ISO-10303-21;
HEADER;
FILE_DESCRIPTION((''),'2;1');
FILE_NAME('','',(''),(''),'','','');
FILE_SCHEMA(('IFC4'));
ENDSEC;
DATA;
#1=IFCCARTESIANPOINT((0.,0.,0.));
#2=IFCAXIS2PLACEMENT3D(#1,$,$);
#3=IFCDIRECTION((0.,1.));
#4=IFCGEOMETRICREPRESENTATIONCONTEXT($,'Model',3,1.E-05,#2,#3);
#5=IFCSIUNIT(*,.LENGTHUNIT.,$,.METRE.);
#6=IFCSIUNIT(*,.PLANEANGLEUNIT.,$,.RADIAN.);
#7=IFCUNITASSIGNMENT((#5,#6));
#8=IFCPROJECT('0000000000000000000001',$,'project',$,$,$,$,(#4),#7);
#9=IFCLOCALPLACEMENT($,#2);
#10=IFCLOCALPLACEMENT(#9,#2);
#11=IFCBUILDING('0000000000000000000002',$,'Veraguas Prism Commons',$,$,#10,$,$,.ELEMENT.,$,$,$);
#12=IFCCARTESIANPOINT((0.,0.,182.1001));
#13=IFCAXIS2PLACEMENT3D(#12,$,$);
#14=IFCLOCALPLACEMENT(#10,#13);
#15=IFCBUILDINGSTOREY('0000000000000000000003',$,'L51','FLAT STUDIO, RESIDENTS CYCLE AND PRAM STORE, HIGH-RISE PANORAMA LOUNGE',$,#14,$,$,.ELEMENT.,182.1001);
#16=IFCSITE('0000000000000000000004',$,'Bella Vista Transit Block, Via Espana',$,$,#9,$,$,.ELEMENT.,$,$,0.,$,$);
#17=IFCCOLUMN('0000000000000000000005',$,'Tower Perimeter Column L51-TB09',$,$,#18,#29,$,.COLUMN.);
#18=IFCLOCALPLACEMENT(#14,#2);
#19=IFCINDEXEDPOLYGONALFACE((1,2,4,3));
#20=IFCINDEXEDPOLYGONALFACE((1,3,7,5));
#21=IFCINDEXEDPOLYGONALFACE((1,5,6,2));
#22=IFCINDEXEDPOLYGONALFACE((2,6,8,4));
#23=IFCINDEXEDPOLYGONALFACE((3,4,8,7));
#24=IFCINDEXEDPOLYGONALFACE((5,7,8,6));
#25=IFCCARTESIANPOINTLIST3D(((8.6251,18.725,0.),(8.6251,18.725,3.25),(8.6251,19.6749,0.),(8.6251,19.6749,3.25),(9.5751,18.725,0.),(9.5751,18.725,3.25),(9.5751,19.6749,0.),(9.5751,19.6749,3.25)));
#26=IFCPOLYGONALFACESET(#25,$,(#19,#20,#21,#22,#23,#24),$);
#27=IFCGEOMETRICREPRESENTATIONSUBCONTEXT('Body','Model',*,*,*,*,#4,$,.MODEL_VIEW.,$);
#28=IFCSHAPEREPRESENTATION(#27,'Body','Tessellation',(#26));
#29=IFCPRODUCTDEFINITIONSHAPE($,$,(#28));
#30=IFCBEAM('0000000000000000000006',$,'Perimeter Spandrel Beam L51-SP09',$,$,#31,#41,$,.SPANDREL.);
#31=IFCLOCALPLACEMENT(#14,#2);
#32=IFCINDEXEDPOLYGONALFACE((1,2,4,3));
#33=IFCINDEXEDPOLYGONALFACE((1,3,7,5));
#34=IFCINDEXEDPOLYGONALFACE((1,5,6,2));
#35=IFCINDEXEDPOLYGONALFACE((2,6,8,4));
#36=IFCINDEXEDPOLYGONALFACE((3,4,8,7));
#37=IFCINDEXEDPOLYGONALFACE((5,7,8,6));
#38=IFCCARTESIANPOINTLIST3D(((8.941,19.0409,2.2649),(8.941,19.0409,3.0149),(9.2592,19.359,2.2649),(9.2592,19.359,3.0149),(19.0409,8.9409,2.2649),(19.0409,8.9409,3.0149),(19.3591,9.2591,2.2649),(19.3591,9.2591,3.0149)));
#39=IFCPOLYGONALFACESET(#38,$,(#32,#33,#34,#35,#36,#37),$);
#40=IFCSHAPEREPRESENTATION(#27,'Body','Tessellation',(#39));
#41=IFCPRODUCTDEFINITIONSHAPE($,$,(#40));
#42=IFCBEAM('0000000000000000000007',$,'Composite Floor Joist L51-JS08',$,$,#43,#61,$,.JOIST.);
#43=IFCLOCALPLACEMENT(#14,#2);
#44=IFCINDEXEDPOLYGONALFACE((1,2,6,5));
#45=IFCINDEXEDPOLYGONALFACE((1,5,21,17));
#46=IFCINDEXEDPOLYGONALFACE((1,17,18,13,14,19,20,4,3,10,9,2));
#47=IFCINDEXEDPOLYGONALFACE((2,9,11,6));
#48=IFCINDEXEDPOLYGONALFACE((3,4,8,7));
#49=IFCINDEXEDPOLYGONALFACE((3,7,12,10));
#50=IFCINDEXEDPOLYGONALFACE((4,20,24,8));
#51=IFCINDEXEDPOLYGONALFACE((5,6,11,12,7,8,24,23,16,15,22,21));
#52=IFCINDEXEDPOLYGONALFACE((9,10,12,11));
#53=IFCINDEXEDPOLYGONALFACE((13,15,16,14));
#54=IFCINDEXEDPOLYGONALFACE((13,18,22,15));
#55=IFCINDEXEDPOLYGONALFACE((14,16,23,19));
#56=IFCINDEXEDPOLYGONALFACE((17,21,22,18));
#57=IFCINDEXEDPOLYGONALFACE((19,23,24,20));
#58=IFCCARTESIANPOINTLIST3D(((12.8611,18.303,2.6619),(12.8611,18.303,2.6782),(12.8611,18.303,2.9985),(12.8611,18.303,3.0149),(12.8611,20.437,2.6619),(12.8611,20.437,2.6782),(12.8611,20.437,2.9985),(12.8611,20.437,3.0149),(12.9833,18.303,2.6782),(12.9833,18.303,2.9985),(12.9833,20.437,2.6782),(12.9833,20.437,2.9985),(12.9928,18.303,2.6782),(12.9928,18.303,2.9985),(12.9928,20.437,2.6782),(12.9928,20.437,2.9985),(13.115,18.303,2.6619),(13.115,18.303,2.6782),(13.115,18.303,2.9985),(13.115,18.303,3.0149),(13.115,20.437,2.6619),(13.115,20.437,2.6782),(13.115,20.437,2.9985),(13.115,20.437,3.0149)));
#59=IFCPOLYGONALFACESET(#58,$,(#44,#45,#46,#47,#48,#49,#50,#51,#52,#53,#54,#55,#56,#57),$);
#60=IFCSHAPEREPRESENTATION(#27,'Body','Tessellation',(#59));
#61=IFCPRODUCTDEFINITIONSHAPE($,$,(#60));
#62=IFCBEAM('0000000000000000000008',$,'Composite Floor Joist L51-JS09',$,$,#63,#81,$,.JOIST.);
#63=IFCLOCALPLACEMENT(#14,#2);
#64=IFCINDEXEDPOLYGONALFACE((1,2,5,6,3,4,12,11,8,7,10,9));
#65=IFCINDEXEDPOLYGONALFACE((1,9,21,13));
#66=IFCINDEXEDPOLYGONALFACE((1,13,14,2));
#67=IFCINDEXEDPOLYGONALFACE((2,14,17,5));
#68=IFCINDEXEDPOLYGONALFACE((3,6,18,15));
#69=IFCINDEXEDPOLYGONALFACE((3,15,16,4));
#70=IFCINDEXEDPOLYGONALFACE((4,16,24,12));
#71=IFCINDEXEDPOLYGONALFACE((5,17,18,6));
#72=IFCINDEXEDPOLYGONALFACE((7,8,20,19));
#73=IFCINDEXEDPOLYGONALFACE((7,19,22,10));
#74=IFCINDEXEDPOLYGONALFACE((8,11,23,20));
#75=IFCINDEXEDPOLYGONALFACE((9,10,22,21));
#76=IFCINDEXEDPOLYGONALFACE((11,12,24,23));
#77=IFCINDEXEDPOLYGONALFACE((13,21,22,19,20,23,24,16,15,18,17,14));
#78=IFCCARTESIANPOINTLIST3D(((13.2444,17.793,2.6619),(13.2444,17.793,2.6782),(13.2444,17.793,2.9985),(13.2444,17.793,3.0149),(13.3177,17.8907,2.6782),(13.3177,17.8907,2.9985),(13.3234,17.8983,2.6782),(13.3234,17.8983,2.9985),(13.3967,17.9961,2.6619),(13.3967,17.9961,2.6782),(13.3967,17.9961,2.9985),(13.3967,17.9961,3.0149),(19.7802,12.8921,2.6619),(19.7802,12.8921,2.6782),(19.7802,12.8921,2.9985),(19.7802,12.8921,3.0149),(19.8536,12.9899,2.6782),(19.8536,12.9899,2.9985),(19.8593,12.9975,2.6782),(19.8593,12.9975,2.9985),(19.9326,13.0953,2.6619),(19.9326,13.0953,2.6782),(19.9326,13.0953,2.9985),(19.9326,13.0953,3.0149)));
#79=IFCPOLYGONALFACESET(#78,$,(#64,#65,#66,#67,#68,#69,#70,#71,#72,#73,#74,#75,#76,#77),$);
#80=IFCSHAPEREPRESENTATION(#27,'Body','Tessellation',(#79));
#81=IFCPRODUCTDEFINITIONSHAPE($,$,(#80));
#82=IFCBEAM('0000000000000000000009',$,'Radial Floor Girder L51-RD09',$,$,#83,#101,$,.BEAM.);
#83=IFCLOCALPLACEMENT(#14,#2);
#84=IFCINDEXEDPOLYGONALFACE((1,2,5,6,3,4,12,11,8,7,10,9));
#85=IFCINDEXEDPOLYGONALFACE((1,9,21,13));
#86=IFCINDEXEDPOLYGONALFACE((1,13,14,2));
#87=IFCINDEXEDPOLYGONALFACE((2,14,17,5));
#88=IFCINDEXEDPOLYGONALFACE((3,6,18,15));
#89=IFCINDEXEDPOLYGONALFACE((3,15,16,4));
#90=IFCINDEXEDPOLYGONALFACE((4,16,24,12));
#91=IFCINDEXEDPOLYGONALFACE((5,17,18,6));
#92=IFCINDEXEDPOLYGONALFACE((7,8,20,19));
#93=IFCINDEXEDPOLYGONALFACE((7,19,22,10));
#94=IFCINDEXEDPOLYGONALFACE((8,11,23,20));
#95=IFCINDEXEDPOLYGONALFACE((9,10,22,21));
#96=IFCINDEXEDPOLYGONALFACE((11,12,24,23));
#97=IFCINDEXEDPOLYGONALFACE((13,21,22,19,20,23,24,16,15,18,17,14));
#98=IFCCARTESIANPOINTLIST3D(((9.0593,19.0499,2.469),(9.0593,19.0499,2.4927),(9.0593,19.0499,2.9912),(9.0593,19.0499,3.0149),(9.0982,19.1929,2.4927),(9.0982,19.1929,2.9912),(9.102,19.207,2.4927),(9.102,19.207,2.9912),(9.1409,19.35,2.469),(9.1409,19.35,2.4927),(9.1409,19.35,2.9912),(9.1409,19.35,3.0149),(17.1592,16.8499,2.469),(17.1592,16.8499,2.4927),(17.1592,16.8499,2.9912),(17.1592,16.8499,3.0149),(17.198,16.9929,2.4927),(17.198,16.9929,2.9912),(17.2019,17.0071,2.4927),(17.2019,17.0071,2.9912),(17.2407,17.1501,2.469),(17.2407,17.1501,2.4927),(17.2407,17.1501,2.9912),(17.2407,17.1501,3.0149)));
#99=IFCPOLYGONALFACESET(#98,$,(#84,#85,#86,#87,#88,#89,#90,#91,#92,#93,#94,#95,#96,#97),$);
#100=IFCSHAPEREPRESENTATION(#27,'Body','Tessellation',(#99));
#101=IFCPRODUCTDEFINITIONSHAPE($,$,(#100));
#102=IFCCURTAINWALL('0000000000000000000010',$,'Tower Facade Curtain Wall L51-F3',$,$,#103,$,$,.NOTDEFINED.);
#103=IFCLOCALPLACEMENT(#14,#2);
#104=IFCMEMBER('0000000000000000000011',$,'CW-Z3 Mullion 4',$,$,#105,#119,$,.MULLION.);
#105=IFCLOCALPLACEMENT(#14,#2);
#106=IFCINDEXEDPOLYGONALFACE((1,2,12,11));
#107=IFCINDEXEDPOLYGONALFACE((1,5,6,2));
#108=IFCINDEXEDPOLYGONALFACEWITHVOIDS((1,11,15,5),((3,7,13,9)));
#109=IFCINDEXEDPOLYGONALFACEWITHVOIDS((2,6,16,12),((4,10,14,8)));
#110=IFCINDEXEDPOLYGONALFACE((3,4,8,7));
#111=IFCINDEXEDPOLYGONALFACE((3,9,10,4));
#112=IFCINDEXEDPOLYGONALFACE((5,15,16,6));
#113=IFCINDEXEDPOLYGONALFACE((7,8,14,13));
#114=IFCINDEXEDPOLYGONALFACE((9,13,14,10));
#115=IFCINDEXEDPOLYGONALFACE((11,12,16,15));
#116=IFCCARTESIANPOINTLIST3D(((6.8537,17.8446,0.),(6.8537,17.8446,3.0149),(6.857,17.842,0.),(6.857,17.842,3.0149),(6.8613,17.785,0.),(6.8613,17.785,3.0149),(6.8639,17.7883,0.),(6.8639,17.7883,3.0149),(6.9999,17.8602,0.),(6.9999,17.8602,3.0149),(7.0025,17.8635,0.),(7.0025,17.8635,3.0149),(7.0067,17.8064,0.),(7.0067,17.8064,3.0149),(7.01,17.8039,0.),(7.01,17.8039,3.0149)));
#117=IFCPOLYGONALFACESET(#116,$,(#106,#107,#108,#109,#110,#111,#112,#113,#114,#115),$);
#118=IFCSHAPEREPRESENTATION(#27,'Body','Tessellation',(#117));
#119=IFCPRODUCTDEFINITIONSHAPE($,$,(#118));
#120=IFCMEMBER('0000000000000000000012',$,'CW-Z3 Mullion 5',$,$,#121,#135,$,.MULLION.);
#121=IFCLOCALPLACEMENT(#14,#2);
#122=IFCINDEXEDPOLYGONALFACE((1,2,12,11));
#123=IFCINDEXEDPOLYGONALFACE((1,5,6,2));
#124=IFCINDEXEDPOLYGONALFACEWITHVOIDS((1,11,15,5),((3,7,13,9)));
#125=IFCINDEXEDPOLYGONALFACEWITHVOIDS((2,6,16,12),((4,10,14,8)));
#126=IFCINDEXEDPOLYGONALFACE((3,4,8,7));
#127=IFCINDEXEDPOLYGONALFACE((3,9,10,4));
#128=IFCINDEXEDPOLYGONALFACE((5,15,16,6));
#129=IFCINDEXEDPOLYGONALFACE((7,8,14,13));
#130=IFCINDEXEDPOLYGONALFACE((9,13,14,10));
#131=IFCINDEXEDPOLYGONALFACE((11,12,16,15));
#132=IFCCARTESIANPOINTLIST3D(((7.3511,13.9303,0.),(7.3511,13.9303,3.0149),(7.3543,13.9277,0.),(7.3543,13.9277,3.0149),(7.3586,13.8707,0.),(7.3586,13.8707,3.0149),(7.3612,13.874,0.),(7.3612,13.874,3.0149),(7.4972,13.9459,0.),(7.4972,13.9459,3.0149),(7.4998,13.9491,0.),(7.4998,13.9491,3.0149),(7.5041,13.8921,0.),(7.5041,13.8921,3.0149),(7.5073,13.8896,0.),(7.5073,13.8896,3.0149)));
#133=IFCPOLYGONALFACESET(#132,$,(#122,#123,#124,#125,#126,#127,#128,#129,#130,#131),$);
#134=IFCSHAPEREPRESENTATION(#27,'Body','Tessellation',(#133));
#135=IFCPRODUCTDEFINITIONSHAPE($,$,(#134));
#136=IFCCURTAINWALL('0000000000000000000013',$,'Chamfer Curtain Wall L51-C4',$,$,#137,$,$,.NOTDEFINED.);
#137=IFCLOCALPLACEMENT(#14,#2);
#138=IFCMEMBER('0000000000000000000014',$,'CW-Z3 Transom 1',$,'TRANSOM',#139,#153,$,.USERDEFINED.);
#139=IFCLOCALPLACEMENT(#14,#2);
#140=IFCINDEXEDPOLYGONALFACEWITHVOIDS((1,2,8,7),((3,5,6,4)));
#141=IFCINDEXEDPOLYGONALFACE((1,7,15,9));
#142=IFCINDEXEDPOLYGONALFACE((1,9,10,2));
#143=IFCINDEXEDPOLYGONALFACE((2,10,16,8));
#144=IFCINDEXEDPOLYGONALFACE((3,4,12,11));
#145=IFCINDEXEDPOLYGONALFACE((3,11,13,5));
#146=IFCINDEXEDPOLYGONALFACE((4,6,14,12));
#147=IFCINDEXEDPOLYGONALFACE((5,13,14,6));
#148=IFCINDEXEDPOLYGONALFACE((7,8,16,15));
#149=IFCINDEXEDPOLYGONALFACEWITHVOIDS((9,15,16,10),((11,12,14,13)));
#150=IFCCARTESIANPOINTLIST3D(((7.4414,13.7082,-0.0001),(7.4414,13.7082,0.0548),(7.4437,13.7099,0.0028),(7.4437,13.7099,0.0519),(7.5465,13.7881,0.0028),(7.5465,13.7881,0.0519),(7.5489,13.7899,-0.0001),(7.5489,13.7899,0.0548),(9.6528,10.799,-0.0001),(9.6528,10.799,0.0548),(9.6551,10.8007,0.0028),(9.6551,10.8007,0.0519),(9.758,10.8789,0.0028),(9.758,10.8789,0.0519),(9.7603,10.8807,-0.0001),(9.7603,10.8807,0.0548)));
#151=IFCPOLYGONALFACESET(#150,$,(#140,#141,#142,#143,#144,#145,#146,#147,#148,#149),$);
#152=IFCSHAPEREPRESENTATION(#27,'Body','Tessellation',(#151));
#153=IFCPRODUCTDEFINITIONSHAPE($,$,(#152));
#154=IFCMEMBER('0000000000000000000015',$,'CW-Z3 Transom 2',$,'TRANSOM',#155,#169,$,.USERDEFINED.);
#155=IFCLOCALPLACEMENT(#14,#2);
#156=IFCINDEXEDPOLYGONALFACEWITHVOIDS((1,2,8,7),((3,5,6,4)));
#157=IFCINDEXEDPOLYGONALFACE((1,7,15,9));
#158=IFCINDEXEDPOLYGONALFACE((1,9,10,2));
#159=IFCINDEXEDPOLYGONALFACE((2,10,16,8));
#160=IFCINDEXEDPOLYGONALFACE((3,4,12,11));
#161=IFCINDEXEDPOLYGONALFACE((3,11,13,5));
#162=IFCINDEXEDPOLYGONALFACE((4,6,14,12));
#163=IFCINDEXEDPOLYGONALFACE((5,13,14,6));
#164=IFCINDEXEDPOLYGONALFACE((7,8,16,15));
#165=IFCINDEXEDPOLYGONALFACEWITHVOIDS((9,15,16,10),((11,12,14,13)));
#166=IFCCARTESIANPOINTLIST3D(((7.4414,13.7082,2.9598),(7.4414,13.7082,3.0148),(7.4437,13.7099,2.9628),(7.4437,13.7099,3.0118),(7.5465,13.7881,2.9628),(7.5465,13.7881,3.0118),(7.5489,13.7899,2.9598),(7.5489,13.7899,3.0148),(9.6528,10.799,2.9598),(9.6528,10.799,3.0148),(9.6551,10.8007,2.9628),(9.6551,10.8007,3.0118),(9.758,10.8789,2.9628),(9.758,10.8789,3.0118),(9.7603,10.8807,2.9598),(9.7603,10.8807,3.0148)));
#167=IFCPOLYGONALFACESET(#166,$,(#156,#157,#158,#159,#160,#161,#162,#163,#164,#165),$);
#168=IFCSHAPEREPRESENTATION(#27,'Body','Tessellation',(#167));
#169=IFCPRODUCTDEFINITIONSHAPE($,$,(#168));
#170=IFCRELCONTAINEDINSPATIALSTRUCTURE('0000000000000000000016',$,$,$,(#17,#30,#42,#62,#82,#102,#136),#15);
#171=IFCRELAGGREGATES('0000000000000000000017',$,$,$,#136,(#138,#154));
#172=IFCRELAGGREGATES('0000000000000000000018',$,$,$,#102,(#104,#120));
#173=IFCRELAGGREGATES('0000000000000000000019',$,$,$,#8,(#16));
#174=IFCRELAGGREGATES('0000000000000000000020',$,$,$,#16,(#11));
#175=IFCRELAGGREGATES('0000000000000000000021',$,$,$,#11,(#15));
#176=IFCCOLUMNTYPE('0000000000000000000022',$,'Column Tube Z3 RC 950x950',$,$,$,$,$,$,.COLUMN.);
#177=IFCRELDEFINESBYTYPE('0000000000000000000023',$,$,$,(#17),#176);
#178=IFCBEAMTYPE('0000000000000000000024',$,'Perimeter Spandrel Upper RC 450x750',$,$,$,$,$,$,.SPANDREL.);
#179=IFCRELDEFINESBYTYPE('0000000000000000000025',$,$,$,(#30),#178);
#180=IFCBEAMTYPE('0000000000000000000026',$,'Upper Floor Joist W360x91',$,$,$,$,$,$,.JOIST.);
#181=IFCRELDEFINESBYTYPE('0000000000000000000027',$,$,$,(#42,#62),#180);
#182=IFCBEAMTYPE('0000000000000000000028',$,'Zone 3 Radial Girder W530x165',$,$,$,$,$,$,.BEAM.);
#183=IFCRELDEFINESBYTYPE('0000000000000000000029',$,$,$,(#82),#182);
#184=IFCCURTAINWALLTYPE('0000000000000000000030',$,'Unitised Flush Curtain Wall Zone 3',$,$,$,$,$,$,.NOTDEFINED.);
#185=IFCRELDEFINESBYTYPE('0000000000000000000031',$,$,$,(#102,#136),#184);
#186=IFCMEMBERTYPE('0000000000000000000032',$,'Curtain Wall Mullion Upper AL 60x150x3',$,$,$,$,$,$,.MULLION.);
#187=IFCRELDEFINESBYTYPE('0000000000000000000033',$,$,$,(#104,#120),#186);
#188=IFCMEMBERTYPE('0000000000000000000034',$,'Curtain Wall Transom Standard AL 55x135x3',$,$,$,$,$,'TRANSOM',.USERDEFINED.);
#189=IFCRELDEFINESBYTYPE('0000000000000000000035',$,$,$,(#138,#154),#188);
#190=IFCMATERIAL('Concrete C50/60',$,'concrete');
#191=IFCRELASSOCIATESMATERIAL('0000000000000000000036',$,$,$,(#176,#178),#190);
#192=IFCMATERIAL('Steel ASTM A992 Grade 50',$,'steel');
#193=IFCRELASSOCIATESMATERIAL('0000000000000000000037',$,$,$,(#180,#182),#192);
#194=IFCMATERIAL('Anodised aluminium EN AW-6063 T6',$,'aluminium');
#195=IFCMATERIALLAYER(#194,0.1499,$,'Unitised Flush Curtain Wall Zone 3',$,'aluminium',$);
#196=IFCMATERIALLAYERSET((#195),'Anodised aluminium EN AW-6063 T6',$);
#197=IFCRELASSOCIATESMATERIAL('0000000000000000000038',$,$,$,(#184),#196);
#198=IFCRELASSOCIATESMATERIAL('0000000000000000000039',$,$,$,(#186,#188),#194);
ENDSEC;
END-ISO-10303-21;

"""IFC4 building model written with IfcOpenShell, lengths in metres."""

from ifc_helpers import new_model, si_unit, direction, frame, origin, origin_2d, place, context, subcontext, project, spatial, rectangle, hollow_rectangle, i_section, extrude, source, transform, mapped, material, layer, layer_set, material_profile, profile_set, type_object, element, aggregate, save


model = new_model("IFC4")

# Units and contexts
model_context = context("Model", 3, precision=1e-05, world=origin(), true_north=direction((0.0, 1.0)))
body_context = subcontext(model_context, "Body", "Model", "MODEL_VIEW")
ifc_project = project(units=[si_unit("LENGTHUNIT", "METRE"), si_unit("PLANEANGLEUNIT", "RADIAN")], contexts=[model_context])

# Site, building, storey
site_placement = place(None, origin())
site = spatial("IfcSite", under=ifc_project, at=site_placement, Name="Bella Vista Transit Block, Via Espana", CompositionType="ELEMENT", RefElevation=0.0)
building_placement = place(site_placement, origin())
building = spatial("IfcBuilding", under=site, at=building_placement, Name="Veraguas Prism Commons", CompositionType="ELEMENT")
storey_placement = place(building_placement, frame((0.0, 0.0, 182.1001)))
storey = spatial("IfcBuildingStorey", under=building, at=storey_placement, Name="L51", Description="FLAT STUDIO, RESIDENTS CYCLE AND PRAM STORE, HIGH-RISE PANORAMA LOUNGE", CompositionType="ELEMENT", Elevation=182.1001)

# Column
ifc_material_1 = material(Name="Concrete C50/60", Category="concrete")
ifc_material_profile_1 = material_profile(ifc_material_1, rectangle(XDim=0.95, YDim=0.95, at=origin_2d()), Name="RC950X950")
ifc_profile_set_1 = profile_set([ifc_material_profile_1], Name="Concrete C50/60")
column_type = type_object("IfcColumnType", Name="Column Tube Z3 RC 950x950", PredefinedType="COLUMN", material=ifc_profile_set_1)
column_placement = place(storey_placement, frame((9.1001, 19.2, 0.0), z_axis=(0.0, 0.0, 1.0), x_axis=(1.0, 0.0, 0.0)))
element("IfcColumn", 1, at=column_placement, inside=storey, type_object=column_type, Name="Tower Perimeter Column L51-TB09", PredefinedType="COLUMN", context=body_context, shape_type="SweptSolid", body=[
    extrude(rectangle(XDim=0.95, YDim=0.95, at=origin_2d()), origin(), (0.0, 0.0, 1.0), 3.25),
])

# Beams
ifc_material_profile_2 = material_profile(ifc_material_1, rectangle(XDim=0.45, YDim=0.75, at=origin_2d()), Name="RC450X750")
ifc_profile_set_2 = profile_set([ifc_material_profile_2], Name="Concrete C50/60")
beam_type_1 = type_object("IfcBeamType", Name="Perimeter Spandrel Upper RC 450x750", PredefinedType="SPANDREL", material=ifc_profile_set_2)
beam_1_placement = place(storey_placement, frame((9.1001, 19.2, 2.6399), z_axis=(0.707107, -0.707107, 0.0), x_axis=(0.707107, 0.707107, 0.0)))
element("IfcBeam", 2, at=beam_1_placement, inside=storey, type_object=beam_type_1, Name="Perimeter Spandrel Beam L51-SP09", PredefinedType="SPANDREL", context=body_context, shape_type="SweptSolid", body=[
    extrude(rectangle(XDim=0.45, YDim=0.75, at=origin_2d()), origin(), (0.0, 0.0, 1.0), 14.2834),
])
ifc_material_2 = material(Name="Steel ASTM A992 Grade 50", Category="steel")
ifc_material_profile_3 = material_profile(ifc_material_2, i_section(OverallWidth=0.2539, OverallDepth=0.353, WebThickness=0.0095, FlangeThickness=0.0164, at=origin_2d()), Name="W360X91")
ifc_profile_set_3 = profile_set([ifc_material_profile_3], Name="Steel ASTM A992 Grade 50")
beam_type_2 = type_object("IfcBeamType", Name="Upper Floor Joist W360x91", PredefinedType="JOIST", material=ifc_profile_set_3)
beam_2_placement = place(storey_placement, frame((12.988, 20.437, 2.8384), z_axis=(0.0, -1.0, 0.0), x_axis=(1.0, 0.0, 0.0)))
element("IfcBeam", 3, at=beam_2_placement, inside=storey, type_object=beam_type_2, Name="Composite Floor Joist L51-JS08", PredefinedType="JOIST", context=body_context, shape_type="SweptSolid", body=[
    extrude(i_section(OverallWidth=0.2539, OverallDepth=0.353, WebThickness=0.0095, FlangeThickness=0.0164, at=origin_2d()), origin(), (0.0, 0.0, 1.0), 2.134),
])
beam_3_placement = place(storey_placement, frame((13.3206, 17.8945, 2.8384), z_axis=(0.800061, -0.599919, 0.0), x_axis=(0.599919, 0.800061, 0.0)))
element("IfcBeam", 4, at=beam_3_placement, inside=storey, type_object=beam_type_2, Name="Composite Floor Joist L51-JS09", PredefinedType="JOIST", context=body_context, shape_type="SweptSolid", body=[
    extrude(i_section(OverallWidth=0.2539, OverallDepth=0.353, WebThickness=0.0095, FlangeThickness=0.0164, at=origin_2d()), origin(), (0.0, 0.0, 1.0), 8.1692),
])
ifc_material_profile_4 = material_profile(ifc_material_2, i_section(OverallWidth=0.311, OverallDepth=0.5459, WebThickness=0.0146, FlangeThickness=0.0237, at=origin_2d()), Name="W530X165")
ifc_profile_set_4 = profile_set([ifc_material_profile_4], Name="Steel ASTM A992 Grade 50")
beam_type_3 = type_object("IfcBeamType", Name="Zone 3 Radial Girder W530x165", PredefinedType="BEAM", material=ifc_profile_set_4)
beam_4_placement = place(storey_placement, frame((9.1001, 19.2, 2.7419), z_axis=(0.965039, -0.262108, 0.0), x_axis=(0.262108, 0.965039, 0.0)))
element("IfcBeam", 5, at=beam_4_placement, inside=storey, type_object=beam_type_3, Name="Radial Floor Girder L51-RD09", PredefinedType="BEAM", context=body_context, shape_type="SweptSolid", body=[
    extrude(i_section(OverallWidth=0.311, OverallDepth=0.5459, WebThickness=0.0146, FlangeThickness=0.0237, at=origin_2d()), origin(), (0.0, 0.0, 1.0), 8.3933),
])

# Curtain walls, members
ifc_material_3 = material(Name="Anodised aluminium EN AW-6063 T6", Category="aluminium")
ifc_layer_1 = layer(ifc_material_3, 0.1499, Name="Unitised Flush Curtain Wall Zone 3", Category="aluminium")
ifc_layer_set_1 = layer_set([ifc_layer_1], Name="Anodised aluminium EN AW-6063 T6")
curtain_wall_type = type_object("IfcCurtainWallType", Name="Unitised Flush Curtain Wall Zone 3", PredefinedType="NOTDEFINED", material=ifc_layer_set_1)
curtain_wall_1_placement = place(storey_placement, origin())
curtain_wall_1 = element("IfcCurtainWall", 6, at=curtain_wall_1_placement, inside=storey, type_object=curtain_wall_type, Name="Tower Facade Curtain Wall L51-F3", PredefinedType="NOTDEFINED")
ifc_material_profile_5 = material_profile(ifc_material_3, hollow_rectangle(XDim=0.0601, YDim=0.1499, WallThickness=0.0029, at=origin_2d()), Name="AL60X150X3")
ifc_profile_set_5 = profile_set([ifc_material_profile_5], Name="Anodised aluminium EN AW-6063 T6")
member_type_1 = type_object("IfcMemberType", Name="Curtain Wall Mullion Upper AL 60x150x3", PredefinedType="MULLION", material=ifc_profile_set_5)
shared_shape_1 = source(origin(), body_context, "Body", "SweptSolid", [
    extrude(hollow_rectangle(XDim=0.0601, YDim=0.1499, WallThickness=0.0029, at=origin_2d()), origin(), (0.0, 0.0, 1.0), 3.0149),
])
member_1_placement = place(storey_placement, frame((6.9319, 17.8242, 0.0), z_axis=(0.0, 0.0, 1.0), x_axis=(0.126019, -0.992028, 0.0)))
member_1 = element("IfcMember", 7, at=member_1_placement, type_object=member_type_1, Name="CW-Z3 Mullion 4", PredefinedType="MULLION", context=body_context, shape_type="MappedRepresentation", body=[
    mapped(shared_shape_1, transform((0.0, 0.0, 0.0), scale=1.0)),
])
member_2_placement = place(storey_placement, frame((7.4292, 13.9099, 0.0), z_axis=(0.0, 0.0, 1.0), x_axis=(0.126019, -0.992028, 0.0)))
member_2 = element("IfcMember", 8, at=member_2_placement, type_object=member_type_1, Name="CW-Z3 Mullion 5", PredefinedType="MULLION", context=body_context, shape_type="MappedRepresentation", body=[
    mapped(shared_shape_1, transform((0.0, 0.0, 0.0), scale=1.0)),
])
curtain_wall_2_placement = place(storey_placement, origin())
curtain_wall_2 = element("IfcCurtainWall", 9, at=curtain_wall_2_placement, inside=storey, type_object=curtain_wall_type, Name="Chamfer Curtain Wall L51-C4", PredefinedType="NOTDEFINED")
ifc_material_profile_6 = material_profile(ifc_material_3, hollow_rectangle(XDim=0.0549, YDim=0.135, WallThickness=0.0029, at=origin_2d()), Name="AL55X135X3")
ifc_profile_set_6 = profile_set([ifc_material_profile_6], Name="Anodised aluminium EN AW-6063 T6")
member_type_2 = type_object("IfcMemberType", Name="Curtain Wall Transom Standard AL 55x135x3", ElementType="TRANSOM", PredefinedType="USERDEFINED", material=ifc_profile_set_6)
shared_shape_2 = source(origin(), body_context, "Body", "SweptSolid", [
    extrude(hollow_rectangle(XDim=0.0549, YDim=0.135, WallThickness=0.0029, at=origin_2d()), origin(), (0.0, 0.0, 1.0), 3.6543),
])
member_3_placement = place(storey_placement, frame((7.4951, 13.749, 0.0273), z_axis=(0.605161, -0.796103, 0.0), x_axis=(0.0, 0.0, 1.0)))
member_3 = element("IfcMember", 10, at=member_3_placement, type_object=member_type_2, Name="CW-Z3 Transom 1", ObjectType="TRANSOM", PredefinedType="USERDEFINED", context=body_context, shape_type="MappedRepresentation", body=[
    mapped(shared_shape_2, transform((0.0, 0.0, 0.0), scale=1.0)),
])
member_4_placement = place(storey_placement, frame((7.4951, 13.749, 2.9873), z_axis=(0.605161, -0.796103, 0.0), x_axis=(0.0, 0.0, 1.0)))
member_4 = element("IfcMember", 11, at=member_4_placement, type_object=member_type_2, Name="CW-Z3 Transom 2", ObjectType="TRANSOM", PredefinedType="USERDEFINED", context=body_context, shape_type="MappedRepresentation", body=[
    mapped(shared_shape_2, transform((0.0, 0.0, 0.0), scale=1.0)),
])
aggregate(curtain_wall_2, [member_3, member_4])

aggregate(curtain_wall_1, [member_1, member_2])

save(model, "model.ifc")
